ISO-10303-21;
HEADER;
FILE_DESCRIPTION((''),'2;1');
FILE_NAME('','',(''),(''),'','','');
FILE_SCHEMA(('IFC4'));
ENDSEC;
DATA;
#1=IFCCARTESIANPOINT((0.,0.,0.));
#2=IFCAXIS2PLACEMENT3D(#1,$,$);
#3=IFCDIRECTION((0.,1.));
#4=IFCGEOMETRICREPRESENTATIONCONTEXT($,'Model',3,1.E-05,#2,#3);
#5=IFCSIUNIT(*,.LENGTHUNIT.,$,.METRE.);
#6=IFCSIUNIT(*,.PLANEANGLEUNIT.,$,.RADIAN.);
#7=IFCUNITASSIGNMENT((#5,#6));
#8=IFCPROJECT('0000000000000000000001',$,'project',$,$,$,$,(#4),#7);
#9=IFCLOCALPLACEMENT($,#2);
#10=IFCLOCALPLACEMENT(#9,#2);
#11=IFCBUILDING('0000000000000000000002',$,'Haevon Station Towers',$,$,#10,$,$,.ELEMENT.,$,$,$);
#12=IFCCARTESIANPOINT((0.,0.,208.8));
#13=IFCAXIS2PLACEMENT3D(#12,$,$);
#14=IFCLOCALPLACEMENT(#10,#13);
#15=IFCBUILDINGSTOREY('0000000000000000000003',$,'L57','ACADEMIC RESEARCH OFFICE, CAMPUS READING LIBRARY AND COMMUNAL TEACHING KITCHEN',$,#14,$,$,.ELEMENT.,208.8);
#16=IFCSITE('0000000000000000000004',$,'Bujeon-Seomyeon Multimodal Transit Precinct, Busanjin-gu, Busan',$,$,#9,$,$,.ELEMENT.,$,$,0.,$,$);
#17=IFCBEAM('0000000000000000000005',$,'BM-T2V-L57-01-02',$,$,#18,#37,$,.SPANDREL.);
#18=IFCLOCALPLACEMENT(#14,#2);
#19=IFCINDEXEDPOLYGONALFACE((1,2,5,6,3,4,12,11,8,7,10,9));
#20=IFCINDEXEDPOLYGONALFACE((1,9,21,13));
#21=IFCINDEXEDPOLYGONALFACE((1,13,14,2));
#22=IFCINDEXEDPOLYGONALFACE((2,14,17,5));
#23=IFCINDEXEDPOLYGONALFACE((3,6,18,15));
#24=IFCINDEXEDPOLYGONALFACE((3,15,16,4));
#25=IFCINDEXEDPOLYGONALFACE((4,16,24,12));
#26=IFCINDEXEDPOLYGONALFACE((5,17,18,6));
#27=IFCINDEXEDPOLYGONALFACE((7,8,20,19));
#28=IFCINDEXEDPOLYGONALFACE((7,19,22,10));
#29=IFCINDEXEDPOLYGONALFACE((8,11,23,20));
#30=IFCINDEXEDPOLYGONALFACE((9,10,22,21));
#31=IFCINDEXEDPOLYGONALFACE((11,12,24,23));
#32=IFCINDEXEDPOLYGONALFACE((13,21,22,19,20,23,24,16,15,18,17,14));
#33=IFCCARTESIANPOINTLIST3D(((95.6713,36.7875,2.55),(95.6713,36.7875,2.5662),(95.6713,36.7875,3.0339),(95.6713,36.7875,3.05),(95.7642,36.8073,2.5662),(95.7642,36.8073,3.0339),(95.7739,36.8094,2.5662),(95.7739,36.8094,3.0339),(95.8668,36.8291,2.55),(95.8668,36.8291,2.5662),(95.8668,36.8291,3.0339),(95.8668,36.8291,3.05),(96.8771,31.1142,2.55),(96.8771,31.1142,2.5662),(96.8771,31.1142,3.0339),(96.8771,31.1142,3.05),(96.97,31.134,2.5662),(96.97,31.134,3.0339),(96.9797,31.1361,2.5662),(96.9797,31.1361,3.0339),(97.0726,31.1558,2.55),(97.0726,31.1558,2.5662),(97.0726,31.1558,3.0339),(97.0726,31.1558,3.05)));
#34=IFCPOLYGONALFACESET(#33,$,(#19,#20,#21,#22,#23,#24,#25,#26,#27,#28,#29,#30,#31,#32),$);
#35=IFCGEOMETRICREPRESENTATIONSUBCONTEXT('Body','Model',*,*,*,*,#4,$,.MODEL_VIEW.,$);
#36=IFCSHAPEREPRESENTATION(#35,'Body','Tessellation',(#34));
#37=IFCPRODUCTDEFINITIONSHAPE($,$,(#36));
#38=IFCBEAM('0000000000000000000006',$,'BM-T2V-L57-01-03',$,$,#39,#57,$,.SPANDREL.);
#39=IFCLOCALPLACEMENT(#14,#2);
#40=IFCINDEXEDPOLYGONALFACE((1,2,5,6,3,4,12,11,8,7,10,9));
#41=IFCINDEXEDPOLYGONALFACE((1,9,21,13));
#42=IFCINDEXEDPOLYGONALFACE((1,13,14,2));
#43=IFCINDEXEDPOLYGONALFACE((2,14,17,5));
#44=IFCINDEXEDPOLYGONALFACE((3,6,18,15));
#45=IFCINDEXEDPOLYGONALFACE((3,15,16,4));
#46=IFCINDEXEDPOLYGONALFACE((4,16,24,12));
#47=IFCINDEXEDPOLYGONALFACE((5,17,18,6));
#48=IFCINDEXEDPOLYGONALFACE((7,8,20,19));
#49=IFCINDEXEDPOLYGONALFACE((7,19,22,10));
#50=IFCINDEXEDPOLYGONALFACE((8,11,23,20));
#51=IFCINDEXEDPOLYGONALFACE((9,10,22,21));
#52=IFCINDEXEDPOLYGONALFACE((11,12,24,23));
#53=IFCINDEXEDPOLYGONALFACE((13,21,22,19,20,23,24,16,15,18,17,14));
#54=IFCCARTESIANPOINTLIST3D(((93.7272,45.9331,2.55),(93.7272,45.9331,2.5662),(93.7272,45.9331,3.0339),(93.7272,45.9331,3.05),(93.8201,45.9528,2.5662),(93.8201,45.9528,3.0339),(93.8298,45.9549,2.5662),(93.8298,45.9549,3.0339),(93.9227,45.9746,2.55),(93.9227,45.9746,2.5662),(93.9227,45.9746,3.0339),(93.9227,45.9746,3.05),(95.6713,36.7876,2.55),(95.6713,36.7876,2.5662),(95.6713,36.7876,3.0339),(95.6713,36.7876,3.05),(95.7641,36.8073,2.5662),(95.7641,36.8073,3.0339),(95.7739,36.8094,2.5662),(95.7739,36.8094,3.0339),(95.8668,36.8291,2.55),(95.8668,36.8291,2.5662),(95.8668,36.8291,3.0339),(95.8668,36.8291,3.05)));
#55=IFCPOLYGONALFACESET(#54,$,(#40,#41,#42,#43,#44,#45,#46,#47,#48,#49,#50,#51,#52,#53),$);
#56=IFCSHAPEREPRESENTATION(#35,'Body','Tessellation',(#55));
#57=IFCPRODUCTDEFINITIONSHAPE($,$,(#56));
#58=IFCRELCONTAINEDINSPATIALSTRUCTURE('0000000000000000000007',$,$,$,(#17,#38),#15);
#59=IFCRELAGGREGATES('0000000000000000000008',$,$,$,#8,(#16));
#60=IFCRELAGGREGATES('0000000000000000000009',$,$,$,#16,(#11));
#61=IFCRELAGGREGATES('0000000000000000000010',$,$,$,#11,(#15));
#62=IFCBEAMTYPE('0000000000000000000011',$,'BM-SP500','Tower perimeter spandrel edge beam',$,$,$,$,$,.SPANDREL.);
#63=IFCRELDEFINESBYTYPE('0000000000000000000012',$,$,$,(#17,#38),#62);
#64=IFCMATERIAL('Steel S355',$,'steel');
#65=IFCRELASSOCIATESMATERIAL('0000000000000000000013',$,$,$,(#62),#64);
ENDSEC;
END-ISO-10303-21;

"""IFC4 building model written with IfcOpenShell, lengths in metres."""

from ifc_helpers import new_model, si_unit, direction, frame, origin, origin_2d, place, context, subcontext, project, spatial, i_section, extrude, material, material_profile, profile_set, type_object, element, save


model = new_model("IFC4")

# Units and contexts
model_context = context("Model", 3, precision=1e-05, world=origin(), true_north=direction((0.0, 1.0)))
body_context = subcontext(model_context, "Body", "Model", "MODEL_VIEW")
ifc_project = project(units=[si_unit("LENGTHUNIT", "METRE"), si_unit("PLANEANGLEUNIT", "RADIAN")], contexts=[model_context])

# Site, building, storey
site_placement = place(None, origin())
site = spatial("IfcSite", under=ifc_project, at=site_placement, Name="Bujeon-Seomyeon Multimodal Transit Precinct, Busanjin-gu, Busan", CompositionType="ELEMENT", RefElevation=0.0)
building_placement = place(site_placement, origin())
building = spatial("IfcBuilding", under=site, at=building_placement, Name="Haevon Station Towers", CompositionType="ELEMENT")
storey_placement = place(building_placement, frame((0.0, 0.0, 208.8)))
storey = spatial("IfcBuildingStorey", under=building, at=storey_placement, Name="L57", Description="ACADEMIC RESEARCH OFFICE, CAMPUS READING LIBRARY AND COMMUNAL TEACHING KITCHEN", CompositionType="ELEMENT", Elevation=208.8)

# Shared definitions
ifc_material_1 = material(Name="Steel S355", Category="steel")

# Beams
ifc_material_profile_1 = material_profile(ifc_material_1, i_section(OverallWidth=0.2, OverallDepth=0.5, WebThickness=0.01, FlangeThickness=0.0161, at=origin_2d()), Name="H-500x200x10x16")
ifc_profile_set_1 = profile_set([ifc_material_profile_1], Name="Steel S355")
beam_type_1 = type_object("IfcBeamType", Name="BM-SP500", Description="Tower perimeter spandrel edge beam", PredefinedType="SPANDREL", material=ifc_profile_set_1)
beam_1_placement = place(storey_placement, frame((96.9749, 31.135, 2.8), z_axis=(-0.207896, 0.978151, 0.0), x_axis=(-0.978151, -0.207896, 0.0)))
element("IfcBeam", 1, at=beam_1_placement, inside=storey, type_object=beam_type_1, Name="BM-T2V-L57-01-02", PredefinedType="SPANDREL", context=body_context, shape_type="SweptSolid", body=[
    extrude(i_section(OverallWidth=0.2, OverallDepth=0.5, WebThickness=0.01, FlangeThickness=0.0161, at=origin_2d()), origin(), (0.0, 0.0, 1.0), 5.8),
])
beam_2_placement = place(storey_placement, frame((95.769, 36.8083, 2.8), z_axis=(-0.207927, 0.978144, 0.0), x_axis=(-0.978144, -0.207927, 0.0)))
element("IfcBeam", 2, at=beam_2_placement, inside=storey, type_object=beam_type_1, Name="BM-T2V-L57-01-03", PredefinedType="SPANDREL", context=body_context, shape_type="SweptSolid", body=[
    extrude(i_section(OverallWidth=0.2, OverallDepth=0.5, WebThickness=0.01, FlangeThickness=0.0161, at=origin_2d()), origin(), (0.0, 0.0, 1.0), 9.3499),
])

save(model, "model.ifc")
